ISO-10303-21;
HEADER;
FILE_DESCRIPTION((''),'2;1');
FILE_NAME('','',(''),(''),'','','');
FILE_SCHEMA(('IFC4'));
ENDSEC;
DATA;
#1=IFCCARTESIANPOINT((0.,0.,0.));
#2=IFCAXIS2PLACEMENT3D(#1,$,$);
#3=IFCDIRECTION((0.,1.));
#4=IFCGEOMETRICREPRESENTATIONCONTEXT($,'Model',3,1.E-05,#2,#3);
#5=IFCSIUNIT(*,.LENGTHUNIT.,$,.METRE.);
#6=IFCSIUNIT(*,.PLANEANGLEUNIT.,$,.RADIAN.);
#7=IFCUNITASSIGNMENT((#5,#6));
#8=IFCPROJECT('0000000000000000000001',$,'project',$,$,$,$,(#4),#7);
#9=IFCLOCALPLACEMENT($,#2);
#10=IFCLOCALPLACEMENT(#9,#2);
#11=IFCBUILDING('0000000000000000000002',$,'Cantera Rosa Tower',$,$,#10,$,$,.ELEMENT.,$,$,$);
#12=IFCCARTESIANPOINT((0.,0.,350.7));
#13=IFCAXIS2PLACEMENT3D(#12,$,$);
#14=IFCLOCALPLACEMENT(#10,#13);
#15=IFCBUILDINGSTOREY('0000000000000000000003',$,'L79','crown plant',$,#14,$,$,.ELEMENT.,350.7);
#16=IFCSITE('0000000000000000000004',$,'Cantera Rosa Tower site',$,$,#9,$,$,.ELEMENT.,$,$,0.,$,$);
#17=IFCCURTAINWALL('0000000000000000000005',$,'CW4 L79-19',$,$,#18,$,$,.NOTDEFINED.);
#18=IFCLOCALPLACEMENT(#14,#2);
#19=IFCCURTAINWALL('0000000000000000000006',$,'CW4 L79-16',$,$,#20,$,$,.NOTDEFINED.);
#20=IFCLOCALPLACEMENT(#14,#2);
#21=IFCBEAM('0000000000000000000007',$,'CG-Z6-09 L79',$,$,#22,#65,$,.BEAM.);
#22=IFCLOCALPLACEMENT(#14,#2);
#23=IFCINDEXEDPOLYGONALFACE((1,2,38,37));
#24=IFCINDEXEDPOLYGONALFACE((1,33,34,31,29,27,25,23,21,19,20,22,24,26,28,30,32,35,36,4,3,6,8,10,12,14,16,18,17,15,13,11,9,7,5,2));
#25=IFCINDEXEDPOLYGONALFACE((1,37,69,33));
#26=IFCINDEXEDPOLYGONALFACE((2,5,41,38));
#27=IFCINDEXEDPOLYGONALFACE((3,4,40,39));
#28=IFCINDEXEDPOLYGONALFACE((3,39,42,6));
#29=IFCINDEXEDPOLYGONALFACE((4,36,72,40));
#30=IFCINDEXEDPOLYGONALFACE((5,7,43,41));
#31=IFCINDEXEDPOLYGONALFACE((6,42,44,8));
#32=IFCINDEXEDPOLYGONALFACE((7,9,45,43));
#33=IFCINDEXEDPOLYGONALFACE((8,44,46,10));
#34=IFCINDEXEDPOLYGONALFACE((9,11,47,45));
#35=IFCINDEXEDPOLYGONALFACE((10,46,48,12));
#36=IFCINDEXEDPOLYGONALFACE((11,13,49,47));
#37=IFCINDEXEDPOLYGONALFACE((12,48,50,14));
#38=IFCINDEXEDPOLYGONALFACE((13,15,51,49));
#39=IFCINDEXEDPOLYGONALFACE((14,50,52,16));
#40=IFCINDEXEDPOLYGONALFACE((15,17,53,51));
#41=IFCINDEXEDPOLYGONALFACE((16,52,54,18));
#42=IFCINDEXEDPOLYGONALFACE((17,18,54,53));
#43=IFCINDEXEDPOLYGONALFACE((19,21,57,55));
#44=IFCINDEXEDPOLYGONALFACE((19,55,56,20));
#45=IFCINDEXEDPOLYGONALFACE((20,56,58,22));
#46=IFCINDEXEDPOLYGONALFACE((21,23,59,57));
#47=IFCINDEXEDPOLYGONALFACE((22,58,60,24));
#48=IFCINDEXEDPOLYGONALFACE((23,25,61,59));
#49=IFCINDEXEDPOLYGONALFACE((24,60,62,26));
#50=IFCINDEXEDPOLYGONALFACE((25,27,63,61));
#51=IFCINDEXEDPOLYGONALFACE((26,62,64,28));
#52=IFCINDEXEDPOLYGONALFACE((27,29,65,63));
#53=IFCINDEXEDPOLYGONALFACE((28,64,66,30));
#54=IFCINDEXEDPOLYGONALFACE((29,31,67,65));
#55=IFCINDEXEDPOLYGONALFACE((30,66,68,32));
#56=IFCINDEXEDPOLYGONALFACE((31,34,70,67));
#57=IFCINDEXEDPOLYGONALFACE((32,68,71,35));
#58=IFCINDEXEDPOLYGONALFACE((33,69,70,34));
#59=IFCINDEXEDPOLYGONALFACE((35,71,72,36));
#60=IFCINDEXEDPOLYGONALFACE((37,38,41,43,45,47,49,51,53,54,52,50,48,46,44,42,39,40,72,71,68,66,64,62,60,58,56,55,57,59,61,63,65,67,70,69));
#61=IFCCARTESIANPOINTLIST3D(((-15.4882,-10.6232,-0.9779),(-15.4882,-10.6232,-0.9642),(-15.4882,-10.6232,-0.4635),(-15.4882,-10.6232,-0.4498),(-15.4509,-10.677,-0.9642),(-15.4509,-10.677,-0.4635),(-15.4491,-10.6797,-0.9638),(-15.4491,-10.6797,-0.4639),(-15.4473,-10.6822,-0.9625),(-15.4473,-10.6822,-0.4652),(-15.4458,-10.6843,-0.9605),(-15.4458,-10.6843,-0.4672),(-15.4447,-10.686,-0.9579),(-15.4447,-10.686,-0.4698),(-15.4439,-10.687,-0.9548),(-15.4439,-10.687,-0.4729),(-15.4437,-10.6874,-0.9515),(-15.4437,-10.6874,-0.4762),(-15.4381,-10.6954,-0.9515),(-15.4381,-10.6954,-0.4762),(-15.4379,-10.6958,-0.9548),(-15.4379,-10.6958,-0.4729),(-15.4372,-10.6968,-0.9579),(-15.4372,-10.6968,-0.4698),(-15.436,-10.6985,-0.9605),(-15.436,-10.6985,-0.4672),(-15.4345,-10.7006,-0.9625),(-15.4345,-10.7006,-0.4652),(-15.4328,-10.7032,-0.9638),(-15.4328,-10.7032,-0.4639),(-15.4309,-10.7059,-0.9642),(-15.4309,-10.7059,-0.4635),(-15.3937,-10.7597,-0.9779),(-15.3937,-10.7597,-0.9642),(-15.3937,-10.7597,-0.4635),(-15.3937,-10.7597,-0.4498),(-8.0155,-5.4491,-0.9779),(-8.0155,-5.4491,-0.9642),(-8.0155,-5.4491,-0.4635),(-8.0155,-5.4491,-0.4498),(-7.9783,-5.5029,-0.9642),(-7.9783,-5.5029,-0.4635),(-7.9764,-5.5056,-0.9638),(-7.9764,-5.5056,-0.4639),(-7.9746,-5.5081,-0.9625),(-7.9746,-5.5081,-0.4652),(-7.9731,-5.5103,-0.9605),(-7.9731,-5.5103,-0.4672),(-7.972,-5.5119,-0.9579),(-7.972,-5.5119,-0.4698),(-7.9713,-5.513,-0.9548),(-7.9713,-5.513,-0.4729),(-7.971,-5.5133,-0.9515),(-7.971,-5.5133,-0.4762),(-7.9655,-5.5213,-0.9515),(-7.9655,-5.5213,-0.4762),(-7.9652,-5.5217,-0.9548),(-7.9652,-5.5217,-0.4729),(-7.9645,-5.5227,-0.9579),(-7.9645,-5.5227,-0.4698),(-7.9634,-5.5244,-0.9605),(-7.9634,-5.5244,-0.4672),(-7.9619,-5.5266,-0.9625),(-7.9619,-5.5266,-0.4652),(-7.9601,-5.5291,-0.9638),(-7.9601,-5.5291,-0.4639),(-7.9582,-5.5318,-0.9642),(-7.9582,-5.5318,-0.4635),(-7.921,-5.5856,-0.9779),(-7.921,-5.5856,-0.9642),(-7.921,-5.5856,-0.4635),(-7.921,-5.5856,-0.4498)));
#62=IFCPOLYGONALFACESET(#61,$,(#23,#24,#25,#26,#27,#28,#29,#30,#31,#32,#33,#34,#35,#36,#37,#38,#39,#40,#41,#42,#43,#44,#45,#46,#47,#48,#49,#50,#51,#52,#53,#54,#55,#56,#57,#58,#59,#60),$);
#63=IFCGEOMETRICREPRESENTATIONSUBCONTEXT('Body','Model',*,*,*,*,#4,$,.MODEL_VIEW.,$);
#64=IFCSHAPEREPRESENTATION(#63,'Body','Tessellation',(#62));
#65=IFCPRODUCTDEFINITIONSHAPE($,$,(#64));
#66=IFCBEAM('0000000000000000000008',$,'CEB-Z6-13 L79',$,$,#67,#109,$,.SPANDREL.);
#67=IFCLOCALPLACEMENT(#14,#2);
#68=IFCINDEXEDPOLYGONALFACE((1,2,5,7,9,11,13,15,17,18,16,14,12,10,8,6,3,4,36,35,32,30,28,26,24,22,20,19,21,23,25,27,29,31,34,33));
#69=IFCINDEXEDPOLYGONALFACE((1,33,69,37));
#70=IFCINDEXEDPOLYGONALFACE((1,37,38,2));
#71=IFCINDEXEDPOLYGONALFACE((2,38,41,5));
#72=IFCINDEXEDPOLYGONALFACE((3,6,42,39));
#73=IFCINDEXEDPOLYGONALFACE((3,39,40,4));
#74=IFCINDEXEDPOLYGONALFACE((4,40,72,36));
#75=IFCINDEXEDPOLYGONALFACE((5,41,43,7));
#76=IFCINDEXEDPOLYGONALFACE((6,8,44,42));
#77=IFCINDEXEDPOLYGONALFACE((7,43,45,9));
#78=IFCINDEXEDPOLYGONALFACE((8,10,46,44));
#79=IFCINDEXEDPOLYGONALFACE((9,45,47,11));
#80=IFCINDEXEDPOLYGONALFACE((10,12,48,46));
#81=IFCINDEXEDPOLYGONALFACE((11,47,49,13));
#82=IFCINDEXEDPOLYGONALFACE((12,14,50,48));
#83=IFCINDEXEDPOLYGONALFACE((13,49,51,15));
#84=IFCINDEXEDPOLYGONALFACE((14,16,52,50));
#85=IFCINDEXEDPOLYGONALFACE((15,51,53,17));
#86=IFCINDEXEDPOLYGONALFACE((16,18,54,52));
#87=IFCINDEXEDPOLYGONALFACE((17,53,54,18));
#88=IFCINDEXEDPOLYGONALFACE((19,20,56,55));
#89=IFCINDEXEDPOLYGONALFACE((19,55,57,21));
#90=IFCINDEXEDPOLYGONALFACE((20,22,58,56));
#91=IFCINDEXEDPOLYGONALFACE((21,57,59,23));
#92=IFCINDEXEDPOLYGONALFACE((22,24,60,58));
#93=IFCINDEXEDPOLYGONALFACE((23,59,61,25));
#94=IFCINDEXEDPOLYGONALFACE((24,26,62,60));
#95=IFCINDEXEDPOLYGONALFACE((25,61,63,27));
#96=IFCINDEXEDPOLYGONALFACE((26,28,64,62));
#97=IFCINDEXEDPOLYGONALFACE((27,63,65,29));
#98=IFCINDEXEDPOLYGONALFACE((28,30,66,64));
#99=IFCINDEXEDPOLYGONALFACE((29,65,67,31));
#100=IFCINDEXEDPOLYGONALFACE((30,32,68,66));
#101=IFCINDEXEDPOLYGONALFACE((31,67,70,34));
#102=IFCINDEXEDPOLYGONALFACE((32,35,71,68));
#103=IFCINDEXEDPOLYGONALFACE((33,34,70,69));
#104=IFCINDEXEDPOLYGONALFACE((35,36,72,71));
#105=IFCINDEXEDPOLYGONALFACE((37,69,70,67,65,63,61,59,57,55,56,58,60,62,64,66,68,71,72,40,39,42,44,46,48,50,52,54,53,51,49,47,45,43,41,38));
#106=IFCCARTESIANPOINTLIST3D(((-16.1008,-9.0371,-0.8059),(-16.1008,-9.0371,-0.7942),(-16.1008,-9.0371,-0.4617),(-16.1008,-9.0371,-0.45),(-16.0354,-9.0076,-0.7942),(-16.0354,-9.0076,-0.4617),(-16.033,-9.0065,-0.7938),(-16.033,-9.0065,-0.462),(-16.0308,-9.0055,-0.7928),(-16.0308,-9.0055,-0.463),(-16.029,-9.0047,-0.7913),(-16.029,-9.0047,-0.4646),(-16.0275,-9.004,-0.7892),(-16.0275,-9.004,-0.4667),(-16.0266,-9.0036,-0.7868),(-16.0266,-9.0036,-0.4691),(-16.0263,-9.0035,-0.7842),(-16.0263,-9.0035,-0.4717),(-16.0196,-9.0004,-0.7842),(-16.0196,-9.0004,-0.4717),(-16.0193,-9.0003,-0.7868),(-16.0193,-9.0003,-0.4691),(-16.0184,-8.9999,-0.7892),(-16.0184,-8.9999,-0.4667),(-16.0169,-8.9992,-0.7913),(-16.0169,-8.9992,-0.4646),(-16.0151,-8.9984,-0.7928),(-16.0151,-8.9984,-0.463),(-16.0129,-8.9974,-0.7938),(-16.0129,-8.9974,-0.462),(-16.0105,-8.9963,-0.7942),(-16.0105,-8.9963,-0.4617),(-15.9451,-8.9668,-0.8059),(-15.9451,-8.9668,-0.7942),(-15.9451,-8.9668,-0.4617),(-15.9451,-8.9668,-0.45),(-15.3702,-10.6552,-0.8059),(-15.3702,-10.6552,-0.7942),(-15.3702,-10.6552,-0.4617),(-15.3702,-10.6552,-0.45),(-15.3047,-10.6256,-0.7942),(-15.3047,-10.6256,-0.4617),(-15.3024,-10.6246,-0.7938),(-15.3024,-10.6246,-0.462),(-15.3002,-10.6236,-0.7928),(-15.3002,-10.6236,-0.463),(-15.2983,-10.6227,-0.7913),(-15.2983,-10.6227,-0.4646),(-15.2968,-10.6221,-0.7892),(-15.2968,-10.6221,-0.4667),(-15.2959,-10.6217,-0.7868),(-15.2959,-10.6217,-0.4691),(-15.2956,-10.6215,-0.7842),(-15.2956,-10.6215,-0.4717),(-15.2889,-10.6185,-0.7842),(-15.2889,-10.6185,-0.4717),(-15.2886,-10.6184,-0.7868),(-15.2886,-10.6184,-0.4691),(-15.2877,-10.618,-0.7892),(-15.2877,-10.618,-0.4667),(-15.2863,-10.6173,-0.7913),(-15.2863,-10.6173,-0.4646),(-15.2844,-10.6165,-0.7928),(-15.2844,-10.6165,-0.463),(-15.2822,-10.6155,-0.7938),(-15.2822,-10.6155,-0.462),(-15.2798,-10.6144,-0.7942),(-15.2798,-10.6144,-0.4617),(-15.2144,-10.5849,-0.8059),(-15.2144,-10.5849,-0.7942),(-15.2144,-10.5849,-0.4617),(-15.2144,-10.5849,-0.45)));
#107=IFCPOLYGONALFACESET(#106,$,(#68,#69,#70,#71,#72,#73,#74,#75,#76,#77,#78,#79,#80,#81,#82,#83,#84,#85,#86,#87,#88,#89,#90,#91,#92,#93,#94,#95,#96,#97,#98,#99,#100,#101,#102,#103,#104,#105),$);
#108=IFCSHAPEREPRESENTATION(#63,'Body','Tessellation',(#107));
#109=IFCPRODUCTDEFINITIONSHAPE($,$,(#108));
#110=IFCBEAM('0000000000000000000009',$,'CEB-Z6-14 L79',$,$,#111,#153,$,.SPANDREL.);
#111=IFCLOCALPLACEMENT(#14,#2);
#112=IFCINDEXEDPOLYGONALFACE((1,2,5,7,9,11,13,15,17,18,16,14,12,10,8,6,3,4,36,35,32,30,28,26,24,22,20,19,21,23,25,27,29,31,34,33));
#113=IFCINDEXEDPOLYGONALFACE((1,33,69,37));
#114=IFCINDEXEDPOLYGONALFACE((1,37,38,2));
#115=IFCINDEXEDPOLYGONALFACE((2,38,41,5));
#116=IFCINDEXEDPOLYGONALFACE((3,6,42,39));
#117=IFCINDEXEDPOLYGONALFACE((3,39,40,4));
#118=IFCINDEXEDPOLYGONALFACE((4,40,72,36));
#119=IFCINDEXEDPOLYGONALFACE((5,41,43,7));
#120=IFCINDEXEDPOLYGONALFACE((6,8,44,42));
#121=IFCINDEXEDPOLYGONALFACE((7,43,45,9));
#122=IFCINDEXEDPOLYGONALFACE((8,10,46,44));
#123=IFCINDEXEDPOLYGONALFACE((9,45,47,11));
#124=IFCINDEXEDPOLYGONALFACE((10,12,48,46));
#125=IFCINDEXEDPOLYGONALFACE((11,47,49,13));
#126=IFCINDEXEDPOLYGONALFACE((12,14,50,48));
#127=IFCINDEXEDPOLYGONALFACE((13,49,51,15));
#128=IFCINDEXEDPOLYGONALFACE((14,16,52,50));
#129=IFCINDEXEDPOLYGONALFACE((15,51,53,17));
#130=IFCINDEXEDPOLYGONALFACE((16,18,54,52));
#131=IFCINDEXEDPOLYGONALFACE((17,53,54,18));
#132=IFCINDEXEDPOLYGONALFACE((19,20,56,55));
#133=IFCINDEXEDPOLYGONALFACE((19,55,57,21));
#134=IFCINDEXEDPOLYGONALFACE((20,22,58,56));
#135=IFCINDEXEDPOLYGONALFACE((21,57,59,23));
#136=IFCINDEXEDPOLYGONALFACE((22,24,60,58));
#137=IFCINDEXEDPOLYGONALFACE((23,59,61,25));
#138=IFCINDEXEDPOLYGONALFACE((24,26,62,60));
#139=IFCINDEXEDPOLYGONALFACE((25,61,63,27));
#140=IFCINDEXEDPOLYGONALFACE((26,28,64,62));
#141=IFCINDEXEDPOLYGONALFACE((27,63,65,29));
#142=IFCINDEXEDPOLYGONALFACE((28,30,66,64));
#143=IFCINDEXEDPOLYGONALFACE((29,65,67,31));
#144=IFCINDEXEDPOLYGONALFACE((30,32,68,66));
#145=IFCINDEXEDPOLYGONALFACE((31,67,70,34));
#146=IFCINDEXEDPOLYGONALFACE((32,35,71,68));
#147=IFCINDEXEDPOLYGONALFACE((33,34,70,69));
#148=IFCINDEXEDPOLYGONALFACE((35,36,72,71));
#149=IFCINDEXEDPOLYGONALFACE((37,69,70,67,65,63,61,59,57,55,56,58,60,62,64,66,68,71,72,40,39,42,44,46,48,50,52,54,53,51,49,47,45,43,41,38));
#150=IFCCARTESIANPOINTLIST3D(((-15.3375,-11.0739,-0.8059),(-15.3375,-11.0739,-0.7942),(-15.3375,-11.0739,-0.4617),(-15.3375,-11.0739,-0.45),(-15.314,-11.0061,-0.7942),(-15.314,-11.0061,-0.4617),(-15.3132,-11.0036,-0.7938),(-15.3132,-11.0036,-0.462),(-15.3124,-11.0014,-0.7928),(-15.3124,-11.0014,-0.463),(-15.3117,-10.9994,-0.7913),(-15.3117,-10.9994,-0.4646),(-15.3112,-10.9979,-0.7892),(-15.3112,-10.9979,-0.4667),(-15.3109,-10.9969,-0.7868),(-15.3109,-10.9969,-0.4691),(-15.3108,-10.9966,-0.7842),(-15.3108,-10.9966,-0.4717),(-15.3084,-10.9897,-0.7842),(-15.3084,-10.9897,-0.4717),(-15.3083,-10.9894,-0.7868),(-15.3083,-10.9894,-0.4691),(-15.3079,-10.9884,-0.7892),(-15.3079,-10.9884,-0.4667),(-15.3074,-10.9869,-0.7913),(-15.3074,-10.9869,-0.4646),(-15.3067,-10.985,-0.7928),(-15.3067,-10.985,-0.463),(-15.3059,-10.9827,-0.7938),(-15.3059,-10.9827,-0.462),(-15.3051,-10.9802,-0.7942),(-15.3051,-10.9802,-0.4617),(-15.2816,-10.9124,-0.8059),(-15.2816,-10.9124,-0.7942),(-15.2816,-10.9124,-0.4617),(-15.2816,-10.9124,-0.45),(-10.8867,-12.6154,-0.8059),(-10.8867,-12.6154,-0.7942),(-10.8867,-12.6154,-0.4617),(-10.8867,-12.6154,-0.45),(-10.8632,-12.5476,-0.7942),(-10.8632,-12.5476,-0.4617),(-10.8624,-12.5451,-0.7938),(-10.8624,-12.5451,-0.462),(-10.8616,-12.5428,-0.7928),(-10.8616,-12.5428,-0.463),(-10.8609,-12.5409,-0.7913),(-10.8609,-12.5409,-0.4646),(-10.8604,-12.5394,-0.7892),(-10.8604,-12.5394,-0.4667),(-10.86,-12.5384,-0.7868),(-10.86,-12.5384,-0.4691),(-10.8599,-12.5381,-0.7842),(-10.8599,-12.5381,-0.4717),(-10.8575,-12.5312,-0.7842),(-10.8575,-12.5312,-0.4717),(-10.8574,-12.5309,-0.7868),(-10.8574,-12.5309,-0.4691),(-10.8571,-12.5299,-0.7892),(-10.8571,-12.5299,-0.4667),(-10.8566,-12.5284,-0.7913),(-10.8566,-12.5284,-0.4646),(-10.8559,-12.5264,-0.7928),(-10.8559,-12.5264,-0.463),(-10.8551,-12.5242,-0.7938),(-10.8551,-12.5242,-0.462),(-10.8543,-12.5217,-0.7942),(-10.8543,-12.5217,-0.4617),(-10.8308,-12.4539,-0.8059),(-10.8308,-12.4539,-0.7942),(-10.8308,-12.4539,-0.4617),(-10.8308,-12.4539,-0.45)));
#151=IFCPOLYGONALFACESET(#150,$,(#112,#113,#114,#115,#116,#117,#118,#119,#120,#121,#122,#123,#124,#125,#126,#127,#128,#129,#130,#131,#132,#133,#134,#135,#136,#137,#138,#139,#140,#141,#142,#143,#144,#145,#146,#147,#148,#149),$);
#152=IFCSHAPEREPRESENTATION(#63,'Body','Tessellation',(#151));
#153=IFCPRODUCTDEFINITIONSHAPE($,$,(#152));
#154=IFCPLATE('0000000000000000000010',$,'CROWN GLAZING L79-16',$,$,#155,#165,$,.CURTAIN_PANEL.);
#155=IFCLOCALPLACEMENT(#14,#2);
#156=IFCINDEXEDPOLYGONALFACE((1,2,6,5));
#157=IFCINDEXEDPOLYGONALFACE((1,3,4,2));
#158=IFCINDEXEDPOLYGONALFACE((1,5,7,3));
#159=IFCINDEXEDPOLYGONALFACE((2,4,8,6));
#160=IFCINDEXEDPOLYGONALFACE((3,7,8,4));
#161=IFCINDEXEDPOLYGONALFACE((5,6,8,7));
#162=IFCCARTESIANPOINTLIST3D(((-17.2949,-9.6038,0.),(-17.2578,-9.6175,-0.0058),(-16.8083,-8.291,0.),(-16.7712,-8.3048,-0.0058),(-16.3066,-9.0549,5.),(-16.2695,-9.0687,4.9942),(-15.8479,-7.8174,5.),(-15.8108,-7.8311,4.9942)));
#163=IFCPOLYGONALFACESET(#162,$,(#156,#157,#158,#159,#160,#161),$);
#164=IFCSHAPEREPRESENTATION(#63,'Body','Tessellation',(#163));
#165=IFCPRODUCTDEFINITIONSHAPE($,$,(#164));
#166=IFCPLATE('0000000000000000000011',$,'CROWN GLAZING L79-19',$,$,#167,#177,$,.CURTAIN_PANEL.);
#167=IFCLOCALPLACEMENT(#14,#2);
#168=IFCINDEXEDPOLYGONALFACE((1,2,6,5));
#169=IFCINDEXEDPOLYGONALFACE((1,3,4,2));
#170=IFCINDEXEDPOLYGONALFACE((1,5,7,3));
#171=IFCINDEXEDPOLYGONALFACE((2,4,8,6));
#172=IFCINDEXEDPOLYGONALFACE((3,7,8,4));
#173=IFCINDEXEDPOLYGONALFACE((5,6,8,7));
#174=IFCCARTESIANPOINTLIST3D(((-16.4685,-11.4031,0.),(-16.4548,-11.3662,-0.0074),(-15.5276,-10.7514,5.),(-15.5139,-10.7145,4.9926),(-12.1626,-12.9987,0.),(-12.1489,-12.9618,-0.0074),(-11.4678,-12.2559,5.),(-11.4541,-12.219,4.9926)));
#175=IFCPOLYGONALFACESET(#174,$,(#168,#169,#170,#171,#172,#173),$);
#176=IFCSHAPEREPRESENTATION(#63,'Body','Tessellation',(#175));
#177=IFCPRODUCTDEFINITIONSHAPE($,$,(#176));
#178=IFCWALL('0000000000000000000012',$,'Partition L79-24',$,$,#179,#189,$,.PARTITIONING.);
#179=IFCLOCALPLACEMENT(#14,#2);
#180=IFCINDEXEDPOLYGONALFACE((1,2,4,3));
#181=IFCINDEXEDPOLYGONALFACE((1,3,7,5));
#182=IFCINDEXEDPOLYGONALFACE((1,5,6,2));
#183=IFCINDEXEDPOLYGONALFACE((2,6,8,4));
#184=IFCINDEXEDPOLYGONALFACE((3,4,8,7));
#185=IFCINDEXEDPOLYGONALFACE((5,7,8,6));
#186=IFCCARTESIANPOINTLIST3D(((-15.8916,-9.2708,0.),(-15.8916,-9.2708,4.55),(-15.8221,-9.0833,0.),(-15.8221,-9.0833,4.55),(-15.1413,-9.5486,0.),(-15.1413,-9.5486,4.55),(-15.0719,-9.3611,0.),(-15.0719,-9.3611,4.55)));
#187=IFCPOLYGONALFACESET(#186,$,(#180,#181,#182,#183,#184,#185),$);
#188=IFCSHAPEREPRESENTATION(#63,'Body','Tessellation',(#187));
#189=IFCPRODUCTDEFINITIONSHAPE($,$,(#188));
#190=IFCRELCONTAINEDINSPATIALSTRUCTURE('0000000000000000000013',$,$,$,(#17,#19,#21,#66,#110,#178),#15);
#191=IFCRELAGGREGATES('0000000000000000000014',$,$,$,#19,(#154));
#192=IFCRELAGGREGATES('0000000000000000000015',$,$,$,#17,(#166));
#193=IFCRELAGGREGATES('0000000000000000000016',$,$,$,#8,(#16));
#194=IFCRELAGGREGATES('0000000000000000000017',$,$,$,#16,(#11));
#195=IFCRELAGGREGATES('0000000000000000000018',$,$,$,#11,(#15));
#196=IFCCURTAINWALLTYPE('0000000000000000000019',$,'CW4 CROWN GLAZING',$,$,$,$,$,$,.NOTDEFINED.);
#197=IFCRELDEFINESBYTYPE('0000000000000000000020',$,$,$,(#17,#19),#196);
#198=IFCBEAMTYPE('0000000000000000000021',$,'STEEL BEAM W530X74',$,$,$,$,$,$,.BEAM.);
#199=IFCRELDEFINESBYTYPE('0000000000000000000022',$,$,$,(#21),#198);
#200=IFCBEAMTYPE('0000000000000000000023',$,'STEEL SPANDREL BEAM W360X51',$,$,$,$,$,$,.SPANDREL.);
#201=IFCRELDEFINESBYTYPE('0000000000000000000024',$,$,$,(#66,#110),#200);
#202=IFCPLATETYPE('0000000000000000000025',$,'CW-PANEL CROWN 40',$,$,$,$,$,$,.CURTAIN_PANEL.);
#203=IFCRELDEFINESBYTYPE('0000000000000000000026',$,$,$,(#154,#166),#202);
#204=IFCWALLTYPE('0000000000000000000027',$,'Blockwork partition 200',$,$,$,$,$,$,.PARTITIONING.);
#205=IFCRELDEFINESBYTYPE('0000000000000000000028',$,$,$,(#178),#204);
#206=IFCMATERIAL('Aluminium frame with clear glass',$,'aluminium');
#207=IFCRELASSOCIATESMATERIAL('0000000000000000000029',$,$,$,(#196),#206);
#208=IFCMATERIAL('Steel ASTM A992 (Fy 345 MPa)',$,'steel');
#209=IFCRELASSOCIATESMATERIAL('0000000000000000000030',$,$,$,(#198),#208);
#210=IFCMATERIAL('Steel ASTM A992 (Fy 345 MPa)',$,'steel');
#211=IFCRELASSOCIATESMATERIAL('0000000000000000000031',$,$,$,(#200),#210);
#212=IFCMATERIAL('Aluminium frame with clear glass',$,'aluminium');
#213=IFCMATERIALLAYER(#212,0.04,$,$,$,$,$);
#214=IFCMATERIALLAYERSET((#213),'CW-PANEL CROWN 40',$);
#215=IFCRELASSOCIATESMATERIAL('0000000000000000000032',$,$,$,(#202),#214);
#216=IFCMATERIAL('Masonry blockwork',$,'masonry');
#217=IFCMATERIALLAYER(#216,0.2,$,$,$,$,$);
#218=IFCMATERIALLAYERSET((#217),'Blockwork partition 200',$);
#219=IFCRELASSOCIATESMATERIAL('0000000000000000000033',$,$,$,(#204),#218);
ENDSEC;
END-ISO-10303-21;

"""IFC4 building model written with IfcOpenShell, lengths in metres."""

from ifc_helpers import new_model, si_unit, direction, frame, frame_2d, origin, origin_2d, place, context, subcontext, project, spatial, polyline, rectangle, i_section, outline, extrude, material, layer, layer_set, material_profile, profile_set, type_object, element, aggregate, save


model = new_model("IFC4")

# Units and contexts
model_context = context("Model", 3, precision=1e-05, world=origin(), true_north=direction((0.0, 1.0)))
body_context = subcontext(model_context, "Body", "Model", "MODEL_VIEW")
ifc_project = project(units=[si_unit("LENGTHUNIT", "METRE"), si_unit("PLANEANGLEUNIT", "RADIAN")], contexts=[model_context])

# Site, building, storey
site_placement = place(None, origin())
site = spatial("IfcSite", under=ifc_project, at=site_placement, Name="Cantera Rosa Tower site", CompositionType="ELEMENT", RefElevation=0.0)
building_placement = place(site_placement, origin())
building = spatial("IfcBuilding", under=site, at=building_placement, Name="Cantera Rosa Tower", CompositionType="ELEMENT")
storey_placement = place(building_placement, frame((0.0, 0.0, 350.7)))
storey = spatial("IfcBuildingStorey", under=building, at=storey_placement, Name="L79", Description="crown plant", CompositionType="ELEMENT", Elevation=350.7)

# Curtain walls
ifc_material_1 = material(Name="Aluminium frame with clear glass", Category="aluminium")
curtain_wall_type = type_object("IfcCurtainWallType", Name="CW4 CROWN GLAZING", PredefinedType="NOTDEFINED", material=ifc_material_1)
curtain_wall_1_placement = place(storey_placement, origin())
curtain_wall_1 = element("IfcCurtainWall", 1, at=curtain_wall_1_placement, inside=storey, type_object=curtain_wall_type, Name="CW4 L79-19", PredefinedType="NOTDEFINED")
curtain_wall_2_placement = place(storey_placement, origin())
curtain_wall_2 = element("IfcCurtainWall", 2, at=curtain_wall_2_placement, inside=storey, type_object=curtain_wall_type, Name="CW4 L79-16", PredefinedType="NOTDEFINED")

# Beams
ifc_material_2 = material(Name="Steel ASTM A992 (Fy 345 MPa)", Category="steel")
ifc_material_profile_1 = material_profile(ifc_material_2, i_section(OverallWidth=0.166, OverallDepth=0.5281, WebThickness=0.0098, FlangeThickness=0.0137, FilletRadius=0.0127, at=origin_2d()), Name="W530X74")
ifc_profile_set_1 = profile_set([ifc_material_profile_1], Name="Steel ASTM A992 (Fy 345 MPa)")
beam_type_1 = type_object("IfcBeamType", Name="STEEL BEAM W530X74", PredefinedType="BEAM", material=ifc_profile_set_1)
beam_1_placement = place(storey_placement, frame((-15.4409, -10.6914, -0.7139), z_axis=(0.822156, 0.569262, 0.0), x_axis=(-0.569262, 0.822156, 0.0)))
element("IfcBeam", 3, at=beam_1_placement, inside=storey, type_object=beam_type_1, Name="CG-Z6-09 L79", PredefinedType="BEAM", context=body_context, shape_type="SweptSolid", body=[
    extrude(i_section(OverallWidth=0.166, OverallDepth=0.5281, WebThickness=0.0098, FlangeThickness=0.0137, FilletRadius=0.0127, at=origin_2d()), origin(), (0.0, 0.0, 1.0), 9.0891),
])
ifc_material_3 = material(Name="Steel ASTM A992 (Fy 345 MPa)", Category="steel")
ifc_material_profile_2 = material_profile(ifc_material_3, i_section(OverallWidth=0.1709, OverallDepth=0.356, WebThickness=0.0073, FlangeThickness=0.0117, FilletRadius=0.01, at=origin_2d()), Name="W360X51")
ifc_profile_set_2 = profile_set([ifc_material_profile_2], Name="Steel ASTM A992 (Fy 345 MPa)")
beam_type_2 = type_object("IfcBeamType", Name="STEEL SPANDREL BEAM W360X51", PredefinedType="SPANDREL", material=ifc_profile_set_2)
beam_2_placement = place(storey_placement, frame((-16.0229, -9.002, -0.6279), z_axis=(0.411554, -0.911386, 0.0), x_axis=(0.911386, 0.411554, 0.0)))
element("IfcBeam", 4, at=beam_2_placement, inside=storey, type_object=beam_type_2, Name="CEB-Z6-13 L79", PredefinedType="SPANDREL", context=body_context, shape_type="SweptSolid", body=[
    extrude(i_section(OverallWidth=0.1709, OverallDepth=0.356, WebThickness=0.0073, FlangeThickness=0.0117, FilletRadius=0.01, at=origin_2d()), origin(), (0.0, 0.0, 1.0), 1.7754),
])
beam_3_placement = place(storey_placement, frame((-15.3096, -10.9932, -0.6279), z_axis=(0.944934, -0.327262, 0.0), x_axis=(0.327262, 0.944934, 0.0)))
element("IfcBeam", 5, at=beam_3_placement, inside=storey, type_object=beam_type_2, Name="CEB-Z6-14 L79", PredefinedType="SPANDREL", context=body_context, shape_type="SweptSolid", body=[
    extrude(i_section(OverallWidth=0.1709, OverallDepth=0.356, WebThickness=0.0073, FlangeThickness=0.0117, FilletRadius=0.01, at=origin_2d()), origin(), (0.0, 0.0, 1.0), 4.7102),
])

# Plates
ifc_material_4 = material(Name="Aluminium frame with clear glass", Category="aluminium")
ifc_layer_1 = layer(ifc_material_4, 0.04)
ifc_layer_set_1 = layer_set([ifc_layer_1], Name="CW-PANEL CROWN 40")
plate_type = type_object("IfcPlateType", Name="CW-PANEL CROWN 40", PredefinedType="CURTAIN_PANEL", material=ifc_layer_set_1)
plate_1_placement = place(storey_placement, frame((-16.8083, -8.291, 0.0), z_axis=(-0.927663, 0.343855, 0.145619), x_axis=(-0.34756, -0.937658, 0.000002)))
plate_1 = element("IfcPlate", 6, at=plate_1_placement, type_object=plate_type, Name="CROWN GLAZING L79-16", PredefinedType="CURTAIN_PANEL", context=body_context, shape_type="SweptSolid", body=[
    extrude(outline(polyline([(0.0, 0.0), (1.4, 0.0), (0.5419, 5.0539), (-0.7779, 5.0539), (0.0, 0.0)])), origin(), (0.0, 0.0, -1.0), 0.04),
])
plate_2_placement = place(storey_placement, frame((-16.4685, -11.4031, 0.0), z_axis=(-0.341522, -0.92161, 0.184386), x_axis=(0.937687, -0.34748, -0.000002)))
plate_2 = element("IfcPlate", 7, at=plate_2_placement, type_object=plate_type, Name="CROWN GLAZING L79-19", PredefinedType="CURTAIN_PANEL", context=body_context, shape_type="SweptSolid", body=[
    extrude(outline(polyline([(0.0, 0.0), (4.5921, 0.0), (4.9854, 5.0872), (0.6559, 5.0872), (0.0, 0.0)])), origin(), (0.0, 0.0, -1.0), 0.04),
])

# Wall
ifc_material_5 = material(Name="Masonry blockwork", Category="masonry")
ifc_layer_2 = layer(ifc_material_5, 0.2)
ifc_layer_set_2 = layer_set([ifc_layer_2], Name="Blockwork partition 200")
wall_type = type_object("IfcWallType", Name="Blockwork partition 200", PredefinedType="PARTITIONING", material=ifc_layer_set_2)
wall_1_placement = place(storey_placement, frame((-15.1067, -9.4548, 0.0), z_axis=(0.0, 0.0, 1.0), x_axis=(-0.937763, 0.347275, 0.0)))
element("IfcWall", 8, at=wall_1_placement, inside=storey, type_object=wall_type, Name="Partition L79-24", PredefinedType="PARTITIONING", context=body_context, shape_type="SweptSolid", body=[
    extrude(rectangle(XDim=0.8, YDim=0.2, at=frame_2d((0.3999, 0.0))), origin(), (0.0, 0.0, 1.0), 4.55),
])

aggregate(curtain_wall_2, [plate_1])
aggregate(curtain_wall_1, [plate_2])

save(model, "model.ifc")
